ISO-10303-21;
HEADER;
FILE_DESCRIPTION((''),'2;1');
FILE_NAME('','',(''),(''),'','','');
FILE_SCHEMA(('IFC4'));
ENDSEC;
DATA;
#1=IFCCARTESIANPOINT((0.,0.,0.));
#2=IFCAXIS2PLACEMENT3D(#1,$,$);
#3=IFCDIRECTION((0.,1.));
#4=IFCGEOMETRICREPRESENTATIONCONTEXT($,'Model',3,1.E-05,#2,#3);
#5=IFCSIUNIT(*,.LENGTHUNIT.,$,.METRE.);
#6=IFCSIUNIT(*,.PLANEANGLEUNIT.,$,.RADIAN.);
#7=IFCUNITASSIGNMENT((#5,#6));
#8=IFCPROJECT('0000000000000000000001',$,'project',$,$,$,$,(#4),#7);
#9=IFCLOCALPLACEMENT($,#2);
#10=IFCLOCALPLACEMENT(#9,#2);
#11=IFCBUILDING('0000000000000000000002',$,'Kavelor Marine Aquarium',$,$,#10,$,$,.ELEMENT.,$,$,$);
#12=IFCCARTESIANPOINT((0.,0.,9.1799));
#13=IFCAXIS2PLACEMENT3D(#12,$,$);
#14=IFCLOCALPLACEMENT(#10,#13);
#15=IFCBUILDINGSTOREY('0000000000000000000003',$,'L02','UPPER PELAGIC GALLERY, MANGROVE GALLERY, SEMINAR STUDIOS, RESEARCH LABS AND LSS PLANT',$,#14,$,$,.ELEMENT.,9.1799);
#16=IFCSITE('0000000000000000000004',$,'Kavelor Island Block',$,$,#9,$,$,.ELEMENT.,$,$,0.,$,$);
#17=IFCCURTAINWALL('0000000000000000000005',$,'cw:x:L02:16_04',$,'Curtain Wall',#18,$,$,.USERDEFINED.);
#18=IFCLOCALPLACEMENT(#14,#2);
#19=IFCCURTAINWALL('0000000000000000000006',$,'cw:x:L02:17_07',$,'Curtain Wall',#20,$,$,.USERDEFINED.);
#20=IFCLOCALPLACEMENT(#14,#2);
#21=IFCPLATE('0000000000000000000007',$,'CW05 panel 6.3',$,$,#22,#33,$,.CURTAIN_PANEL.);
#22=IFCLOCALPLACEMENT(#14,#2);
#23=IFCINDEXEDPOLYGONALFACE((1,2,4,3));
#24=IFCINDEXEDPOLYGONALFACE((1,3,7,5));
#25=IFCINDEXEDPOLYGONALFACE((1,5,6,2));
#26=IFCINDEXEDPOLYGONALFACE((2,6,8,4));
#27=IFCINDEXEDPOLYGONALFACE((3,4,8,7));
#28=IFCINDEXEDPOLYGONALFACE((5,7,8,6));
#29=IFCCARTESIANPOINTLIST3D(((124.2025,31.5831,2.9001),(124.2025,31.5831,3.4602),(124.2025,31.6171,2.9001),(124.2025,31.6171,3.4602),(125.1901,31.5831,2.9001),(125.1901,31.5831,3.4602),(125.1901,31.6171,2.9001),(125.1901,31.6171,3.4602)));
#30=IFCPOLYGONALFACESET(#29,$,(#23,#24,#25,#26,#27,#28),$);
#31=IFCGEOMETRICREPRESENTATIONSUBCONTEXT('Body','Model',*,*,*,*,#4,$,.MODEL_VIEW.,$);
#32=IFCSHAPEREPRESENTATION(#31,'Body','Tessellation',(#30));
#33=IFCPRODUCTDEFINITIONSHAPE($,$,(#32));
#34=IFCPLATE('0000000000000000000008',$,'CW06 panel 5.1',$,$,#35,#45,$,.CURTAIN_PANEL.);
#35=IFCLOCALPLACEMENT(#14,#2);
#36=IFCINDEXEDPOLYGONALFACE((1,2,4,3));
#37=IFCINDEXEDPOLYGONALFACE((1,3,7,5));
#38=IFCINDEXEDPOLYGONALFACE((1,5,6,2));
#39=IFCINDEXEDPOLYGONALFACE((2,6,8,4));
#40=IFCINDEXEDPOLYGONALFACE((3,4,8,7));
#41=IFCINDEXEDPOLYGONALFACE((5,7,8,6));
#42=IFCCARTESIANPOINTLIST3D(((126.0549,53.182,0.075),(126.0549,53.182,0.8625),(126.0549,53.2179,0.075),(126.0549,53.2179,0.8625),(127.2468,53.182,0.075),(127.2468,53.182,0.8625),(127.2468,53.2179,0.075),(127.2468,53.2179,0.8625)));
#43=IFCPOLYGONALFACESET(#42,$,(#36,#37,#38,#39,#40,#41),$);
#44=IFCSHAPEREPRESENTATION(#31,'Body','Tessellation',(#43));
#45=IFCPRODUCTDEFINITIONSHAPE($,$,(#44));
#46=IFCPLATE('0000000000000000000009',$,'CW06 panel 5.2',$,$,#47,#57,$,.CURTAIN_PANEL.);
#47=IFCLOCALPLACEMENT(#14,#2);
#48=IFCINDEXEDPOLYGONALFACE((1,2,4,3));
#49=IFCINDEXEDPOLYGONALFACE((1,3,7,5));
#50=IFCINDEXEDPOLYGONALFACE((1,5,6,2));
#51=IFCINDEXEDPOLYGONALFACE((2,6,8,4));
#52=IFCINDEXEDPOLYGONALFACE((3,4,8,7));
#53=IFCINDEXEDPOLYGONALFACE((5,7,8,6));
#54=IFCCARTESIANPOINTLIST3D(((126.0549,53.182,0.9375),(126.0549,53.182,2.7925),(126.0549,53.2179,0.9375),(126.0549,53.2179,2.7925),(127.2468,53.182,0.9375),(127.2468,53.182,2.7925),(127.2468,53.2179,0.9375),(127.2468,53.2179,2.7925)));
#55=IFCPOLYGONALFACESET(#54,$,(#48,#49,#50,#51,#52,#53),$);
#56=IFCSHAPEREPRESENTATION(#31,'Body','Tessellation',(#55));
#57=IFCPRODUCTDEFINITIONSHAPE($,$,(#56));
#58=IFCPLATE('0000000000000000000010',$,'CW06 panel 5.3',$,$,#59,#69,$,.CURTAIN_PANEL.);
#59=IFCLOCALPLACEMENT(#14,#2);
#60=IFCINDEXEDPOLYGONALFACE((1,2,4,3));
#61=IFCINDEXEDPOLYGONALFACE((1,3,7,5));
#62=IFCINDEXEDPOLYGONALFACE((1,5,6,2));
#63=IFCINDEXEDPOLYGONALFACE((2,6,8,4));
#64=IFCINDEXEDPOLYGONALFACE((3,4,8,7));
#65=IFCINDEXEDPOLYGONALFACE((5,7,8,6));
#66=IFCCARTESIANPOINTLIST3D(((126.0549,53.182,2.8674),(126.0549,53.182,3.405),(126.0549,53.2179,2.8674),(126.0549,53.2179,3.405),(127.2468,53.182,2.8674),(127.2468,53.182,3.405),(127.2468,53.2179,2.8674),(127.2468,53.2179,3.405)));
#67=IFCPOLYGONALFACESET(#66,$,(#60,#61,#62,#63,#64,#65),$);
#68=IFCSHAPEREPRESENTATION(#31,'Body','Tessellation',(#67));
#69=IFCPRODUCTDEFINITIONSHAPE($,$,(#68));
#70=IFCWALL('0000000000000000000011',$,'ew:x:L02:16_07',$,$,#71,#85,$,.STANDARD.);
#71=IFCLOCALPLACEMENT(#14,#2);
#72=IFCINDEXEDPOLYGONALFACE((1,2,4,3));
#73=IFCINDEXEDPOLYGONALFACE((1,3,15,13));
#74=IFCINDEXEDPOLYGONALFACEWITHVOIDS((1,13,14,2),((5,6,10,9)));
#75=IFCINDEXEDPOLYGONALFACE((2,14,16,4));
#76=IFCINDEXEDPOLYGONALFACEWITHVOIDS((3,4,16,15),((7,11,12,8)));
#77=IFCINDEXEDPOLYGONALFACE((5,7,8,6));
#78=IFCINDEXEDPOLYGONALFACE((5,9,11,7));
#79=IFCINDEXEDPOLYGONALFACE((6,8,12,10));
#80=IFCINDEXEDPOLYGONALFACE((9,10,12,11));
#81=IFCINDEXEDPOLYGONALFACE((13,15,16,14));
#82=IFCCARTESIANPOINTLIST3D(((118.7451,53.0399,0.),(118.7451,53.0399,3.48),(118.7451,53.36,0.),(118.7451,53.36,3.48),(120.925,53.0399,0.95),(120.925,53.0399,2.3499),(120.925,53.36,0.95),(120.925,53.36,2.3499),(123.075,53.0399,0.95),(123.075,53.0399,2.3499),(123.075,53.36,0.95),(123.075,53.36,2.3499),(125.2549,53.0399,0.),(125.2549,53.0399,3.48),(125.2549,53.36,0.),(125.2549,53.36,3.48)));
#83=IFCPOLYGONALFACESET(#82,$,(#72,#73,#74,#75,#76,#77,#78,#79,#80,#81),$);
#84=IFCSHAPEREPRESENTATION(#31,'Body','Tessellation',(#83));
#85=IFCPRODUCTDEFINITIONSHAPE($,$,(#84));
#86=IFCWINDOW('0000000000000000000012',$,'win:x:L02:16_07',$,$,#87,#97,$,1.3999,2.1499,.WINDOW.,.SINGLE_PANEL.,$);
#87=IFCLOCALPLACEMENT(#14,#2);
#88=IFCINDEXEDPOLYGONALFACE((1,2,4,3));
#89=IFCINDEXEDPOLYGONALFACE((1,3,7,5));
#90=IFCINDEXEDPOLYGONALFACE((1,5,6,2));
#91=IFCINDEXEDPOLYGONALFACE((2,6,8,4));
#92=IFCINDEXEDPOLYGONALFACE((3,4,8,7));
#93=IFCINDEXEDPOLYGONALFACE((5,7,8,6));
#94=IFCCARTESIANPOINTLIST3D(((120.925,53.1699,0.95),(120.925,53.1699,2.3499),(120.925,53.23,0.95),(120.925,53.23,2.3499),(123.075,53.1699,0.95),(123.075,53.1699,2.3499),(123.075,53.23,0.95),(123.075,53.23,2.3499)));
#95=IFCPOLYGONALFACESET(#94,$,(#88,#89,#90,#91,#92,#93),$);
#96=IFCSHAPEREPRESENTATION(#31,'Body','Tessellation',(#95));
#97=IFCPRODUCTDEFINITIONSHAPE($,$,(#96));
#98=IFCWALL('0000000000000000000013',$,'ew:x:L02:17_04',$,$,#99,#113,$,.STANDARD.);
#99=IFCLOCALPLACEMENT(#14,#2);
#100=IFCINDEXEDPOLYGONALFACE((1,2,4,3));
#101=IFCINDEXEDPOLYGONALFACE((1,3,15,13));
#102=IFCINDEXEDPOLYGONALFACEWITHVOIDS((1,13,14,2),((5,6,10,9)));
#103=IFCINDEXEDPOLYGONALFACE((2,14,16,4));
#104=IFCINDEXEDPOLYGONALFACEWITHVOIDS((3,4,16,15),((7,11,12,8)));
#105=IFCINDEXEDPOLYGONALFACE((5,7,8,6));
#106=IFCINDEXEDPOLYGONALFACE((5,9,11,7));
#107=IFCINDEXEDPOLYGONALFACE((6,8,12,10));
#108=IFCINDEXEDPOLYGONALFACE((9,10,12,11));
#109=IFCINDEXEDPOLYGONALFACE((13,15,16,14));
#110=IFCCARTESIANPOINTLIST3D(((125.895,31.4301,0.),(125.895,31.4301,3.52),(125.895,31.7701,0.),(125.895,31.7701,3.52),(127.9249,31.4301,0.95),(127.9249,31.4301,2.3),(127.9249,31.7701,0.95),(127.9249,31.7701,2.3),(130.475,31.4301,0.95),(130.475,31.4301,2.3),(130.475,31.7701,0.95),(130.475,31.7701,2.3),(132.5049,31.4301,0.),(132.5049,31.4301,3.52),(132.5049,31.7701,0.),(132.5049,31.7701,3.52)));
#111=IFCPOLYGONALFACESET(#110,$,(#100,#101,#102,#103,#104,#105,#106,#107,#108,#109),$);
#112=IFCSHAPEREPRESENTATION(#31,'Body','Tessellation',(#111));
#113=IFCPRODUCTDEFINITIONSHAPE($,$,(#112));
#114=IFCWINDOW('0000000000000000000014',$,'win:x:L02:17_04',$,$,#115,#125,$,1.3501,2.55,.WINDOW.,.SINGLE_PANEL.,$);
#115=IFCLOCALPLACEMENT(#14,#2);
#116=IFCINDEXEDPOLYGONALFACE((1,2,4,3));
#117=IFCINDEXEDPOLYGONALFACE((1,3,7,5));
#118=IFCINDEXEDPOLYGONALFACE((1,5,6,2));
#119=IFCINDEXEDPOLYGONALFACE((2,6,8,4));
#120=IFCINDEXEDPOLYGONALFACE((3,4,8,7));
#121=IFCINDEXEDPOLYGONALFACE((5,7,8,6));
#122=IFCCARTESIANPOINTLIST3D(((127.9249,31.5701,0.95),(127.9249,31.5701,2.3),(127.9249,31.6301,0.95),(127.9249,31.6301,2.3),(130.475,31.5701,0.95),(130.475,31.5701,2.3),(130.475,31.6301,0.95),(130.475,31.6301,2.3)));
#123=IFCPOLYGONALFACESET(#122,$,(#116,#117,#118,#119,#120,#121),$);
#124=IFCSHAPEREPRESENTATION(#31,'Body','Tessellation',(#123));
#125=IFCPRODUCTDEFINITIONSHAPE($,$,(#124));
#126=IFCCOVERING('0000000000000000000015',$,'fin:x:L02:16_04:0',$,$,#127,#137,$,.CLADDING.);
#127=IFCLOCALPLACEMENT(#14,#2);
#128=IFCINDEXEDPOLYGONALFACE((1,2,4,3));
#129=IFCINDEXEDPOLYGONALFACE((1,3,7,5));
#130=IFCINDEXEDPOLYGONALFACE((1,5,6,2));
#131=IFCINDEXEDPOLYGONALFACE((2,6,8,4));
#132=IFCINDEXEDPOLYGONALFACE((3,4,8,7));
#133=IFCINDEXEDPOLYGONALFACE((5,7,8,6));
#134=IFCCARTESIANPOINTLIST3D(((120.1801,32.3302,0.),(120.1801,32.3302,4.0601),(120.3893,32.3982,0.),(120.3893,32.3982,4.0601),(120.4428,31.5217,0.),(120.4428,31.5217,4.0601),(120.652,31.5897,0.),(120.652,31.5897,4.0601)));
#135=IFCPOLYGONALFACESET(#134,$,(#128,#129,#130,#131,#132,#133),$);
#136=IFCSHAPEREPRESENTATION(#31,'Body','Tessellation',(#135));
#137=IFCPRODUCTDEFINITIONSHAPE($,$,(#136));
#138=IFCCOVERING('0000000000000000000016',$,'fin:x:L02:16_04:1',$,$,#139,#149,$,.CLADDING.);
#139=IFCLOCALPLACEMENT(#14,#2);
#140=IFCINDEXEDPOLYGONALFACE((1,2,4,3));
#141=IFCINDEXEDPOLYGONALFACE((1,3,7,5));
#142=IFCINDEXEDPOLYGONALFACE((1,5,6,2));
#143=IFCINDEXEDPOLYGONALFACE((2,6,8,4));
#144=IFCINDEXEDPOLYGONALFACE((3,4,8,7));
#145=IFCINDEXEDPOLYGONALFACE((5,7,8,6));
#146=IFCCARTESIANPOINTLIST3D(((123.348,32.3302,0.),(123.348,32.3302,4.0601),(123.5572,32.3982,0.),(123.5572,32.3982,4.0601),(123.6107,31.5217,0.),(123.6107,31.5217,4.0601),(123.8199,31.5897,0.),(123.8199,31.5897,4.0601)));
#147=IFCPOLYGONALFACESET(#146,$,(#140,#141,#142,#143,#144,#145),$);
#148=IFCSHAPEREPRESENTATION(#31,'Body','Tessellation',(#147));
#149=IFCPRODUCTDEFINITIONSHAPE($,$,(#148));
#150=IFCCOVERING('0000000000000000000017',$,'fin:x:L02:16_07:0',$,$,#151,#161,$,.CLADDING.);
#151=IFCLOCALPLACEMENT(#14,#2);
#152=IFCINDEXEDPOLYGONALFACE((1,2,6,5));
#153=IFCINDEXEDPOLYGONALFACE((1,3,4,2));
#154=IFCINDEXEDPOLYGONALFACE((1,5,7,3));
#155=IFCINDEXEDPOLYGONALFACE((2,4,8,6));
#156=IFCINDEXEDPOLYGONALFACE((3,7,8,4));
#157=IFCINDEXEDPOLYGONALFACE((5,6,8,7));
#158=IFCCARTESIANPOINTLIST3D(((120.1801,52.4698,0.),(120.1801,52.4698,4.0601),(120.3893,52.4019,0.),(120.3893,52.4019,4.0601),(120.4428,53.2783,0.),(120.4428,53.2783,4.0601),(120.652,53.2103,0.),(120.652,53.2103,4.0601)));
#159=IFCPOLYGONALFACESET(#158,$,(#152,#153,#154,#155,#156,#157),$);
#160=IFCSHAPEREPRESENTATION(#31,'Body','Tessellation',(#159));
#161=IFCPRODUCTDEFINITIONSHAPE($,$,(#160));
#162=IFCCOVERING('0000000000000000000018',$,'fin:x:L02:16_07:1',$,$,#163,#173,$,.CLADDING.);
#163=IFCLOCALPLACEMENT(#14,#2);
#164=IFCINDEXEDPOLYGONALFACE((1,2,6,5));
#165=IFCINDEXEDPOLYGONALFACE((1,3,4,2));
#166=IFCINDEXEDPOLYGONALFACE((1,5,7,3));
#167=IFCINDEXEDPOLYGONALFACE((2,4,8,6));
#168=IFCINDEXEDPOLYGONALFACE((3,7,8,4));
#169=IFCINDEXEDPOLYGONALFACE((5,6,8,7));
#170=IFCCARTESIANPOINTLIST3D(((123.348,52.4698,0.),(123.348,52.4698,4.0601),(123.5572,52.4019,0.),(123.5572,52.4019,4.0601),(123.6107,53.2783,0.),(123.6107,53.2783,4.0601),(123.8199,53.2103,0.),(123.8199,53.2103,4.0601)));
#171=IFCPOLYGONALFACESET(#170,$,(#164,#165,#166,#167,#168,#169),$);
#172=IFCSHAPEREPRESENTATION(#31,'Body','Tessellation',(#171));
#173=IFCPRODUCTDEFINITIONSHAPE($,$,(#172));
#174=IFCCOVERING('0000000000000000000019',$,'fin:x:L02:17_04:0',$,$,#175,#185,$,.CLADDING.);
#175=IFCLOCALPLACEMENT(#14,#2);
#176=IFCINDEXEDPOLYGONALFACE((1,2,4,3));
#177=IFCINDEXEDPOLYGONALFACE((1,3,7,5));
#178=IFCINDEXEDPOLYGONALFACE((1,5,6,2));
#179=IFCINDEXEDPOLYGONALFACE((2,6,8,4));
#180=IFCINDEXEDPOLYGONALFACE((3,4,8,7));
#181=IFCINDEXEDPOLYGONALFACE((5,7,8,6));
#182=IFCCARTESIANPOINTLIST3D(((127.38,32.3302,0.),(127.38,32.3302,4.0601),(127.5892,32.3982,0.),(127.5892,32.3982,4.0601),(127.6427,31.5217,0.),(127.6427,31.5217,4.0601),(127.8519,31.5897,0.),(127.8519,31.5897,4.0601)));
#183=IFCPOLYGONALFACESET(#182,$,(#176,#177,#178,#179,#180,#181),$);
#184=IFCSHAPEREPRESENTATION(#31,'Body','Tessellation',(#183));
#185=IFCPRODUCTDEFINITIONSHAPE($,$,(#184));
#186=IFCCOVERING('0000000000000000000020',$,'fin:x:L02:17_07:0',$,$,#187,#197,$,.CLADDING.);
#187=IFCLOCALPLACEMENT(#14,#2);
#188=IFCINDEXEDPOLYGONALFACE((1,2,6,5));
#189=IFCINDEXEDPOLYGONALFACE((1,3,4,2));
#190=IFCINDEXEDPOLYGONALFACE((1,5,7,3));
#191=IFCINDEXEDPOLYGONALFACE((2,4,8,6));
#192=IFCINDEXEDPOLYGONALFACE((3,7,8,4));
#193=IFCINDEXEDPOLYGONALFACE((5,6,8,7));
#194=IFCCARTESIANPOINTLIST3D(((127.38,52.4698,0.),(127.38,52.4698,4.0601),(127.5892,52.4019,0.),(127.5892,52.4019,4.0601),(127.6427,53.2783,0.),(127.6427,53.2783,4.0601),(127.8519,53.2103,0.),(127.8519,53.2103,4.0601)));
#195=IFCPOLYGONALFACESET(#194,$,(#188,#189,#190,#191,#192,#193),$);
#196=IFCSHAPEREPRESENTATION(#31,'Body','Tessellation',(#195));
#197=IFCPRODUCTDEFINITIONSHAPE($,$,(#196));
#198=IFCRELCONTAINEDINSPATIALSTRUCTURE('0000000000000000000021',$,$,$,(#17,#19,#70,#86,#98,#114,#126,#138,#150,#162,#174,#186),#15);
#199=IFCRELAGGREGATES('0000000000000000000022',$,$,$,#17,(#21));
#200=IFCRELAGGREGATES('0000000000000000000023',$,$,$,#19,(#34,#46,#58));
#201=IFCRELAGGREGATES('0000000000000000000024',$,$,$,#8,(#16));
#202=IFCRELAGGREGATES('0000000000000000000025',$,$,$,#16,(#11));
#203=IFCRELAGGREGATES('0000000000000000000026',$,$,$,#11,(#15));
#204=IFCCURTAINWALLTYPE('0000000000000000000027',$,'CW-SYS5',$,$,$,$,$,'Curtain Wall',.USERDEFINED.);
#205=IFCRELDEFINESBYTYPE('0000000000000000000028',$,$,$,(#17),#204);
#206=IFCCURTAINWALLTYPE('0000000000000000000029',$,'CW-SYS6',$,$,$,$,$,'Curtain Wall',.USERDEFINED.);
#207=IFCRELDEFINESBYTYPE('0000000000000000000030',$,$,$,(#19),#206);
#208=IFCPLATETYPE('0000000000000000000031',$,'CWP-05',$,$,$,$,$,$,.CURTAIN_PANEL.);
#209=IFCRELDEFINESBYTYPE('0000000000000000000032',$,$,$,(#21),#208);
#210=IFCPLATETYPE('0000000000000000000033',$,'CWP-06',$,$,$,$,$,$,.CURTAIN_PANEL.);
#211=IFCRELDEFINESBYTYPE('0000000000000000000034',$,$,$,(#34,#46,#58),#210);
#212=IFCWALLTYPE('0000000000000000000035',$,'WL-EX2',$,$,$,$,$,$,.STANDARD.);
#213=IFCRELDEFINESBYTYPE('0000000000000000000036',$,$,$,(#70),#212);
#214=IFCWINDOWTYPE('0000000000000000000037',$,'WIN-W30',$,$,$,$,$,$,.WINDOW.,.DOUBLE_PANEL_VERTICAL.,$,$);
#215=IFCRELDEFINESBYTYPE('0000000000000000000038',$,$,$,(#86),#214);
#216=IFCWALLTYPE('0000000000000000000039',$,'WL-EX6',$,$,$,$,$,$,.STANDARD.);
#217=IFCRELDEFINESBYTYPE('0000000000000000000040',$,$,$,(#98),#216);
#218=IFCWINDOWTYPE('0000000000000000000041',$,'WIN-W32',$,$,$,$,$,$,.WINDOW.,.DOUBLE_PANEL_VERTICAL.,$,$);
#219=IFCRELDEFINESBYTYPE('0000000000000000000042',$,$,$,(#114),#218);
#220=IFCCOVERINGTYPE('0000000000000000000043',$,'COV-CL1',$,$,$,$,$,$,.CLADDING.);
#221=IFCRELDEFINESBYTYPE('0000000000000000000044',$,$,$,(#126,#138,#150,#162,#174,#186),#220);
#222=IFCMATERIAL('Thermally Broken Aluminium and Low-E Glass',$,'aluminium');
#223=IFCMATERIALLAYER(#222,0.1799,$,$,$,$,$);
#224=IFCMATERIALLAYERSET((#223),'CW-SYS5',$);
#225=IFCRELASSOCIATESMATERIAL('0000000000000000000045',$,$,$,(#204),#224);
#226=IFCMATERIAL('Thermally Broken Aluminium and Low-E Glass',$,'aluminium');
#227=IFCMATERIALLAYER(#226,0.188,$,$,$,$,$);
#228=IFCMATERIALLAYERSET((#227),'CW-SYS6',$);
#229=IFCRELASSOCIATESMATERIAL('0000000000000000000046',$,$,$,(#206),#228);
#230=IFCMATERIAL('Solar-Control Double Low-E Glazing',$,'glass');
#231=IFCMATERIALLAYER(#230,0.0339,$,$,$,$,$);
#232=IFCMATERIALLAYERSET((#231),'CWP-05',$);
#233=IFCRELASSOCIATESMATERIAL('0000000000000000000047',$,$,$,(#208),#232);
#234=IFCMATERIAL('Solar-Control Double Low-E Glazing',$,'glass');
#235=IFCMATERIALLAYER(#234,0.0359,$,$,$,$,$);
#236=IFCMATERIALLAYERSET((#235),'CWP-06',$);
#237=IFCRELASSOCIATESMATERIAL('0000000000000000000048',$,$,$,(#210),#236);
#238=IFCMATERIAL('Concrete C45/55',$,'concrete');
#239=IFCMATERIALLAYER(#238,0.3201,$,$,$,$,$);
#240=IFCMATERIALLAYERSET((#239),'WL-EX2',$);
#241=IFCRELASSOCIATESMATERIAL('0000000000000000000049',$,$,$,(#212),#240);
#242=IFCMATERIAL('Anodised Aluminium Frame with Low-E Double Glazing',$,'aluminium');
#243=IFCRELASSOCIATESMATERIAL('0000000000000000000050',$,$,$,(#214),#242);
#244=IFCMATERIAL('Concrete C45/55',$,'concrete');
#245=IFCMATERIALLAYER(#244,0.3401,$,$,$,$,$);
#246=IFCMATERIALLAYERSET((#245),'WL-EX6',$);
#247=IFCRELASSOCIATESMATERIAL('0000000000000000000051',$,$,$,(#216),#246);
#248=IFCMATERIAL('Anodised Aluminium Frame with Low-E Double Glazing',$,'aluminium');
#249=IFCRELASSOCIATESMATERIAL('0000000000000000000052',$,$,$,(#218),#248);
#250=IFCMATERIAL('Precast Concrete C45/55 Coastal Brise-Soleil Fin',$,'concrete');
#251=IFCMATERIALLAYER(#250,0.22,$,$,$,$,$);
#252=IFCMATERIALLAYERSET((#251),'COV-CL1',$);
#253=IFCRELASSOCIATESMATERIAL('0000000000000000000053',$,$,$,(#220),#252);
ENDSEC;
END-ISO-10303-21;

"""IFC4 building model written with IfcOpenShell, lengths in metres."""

from ifc_helpers import new_model, si_unit, direction, frame, frame_2d, origin, origin_2d, place, context, subcontext, project, spatial, rectangle, extrude, material, layer, layer_set, type_object, element, fill, aggregate, save


model = new_model("IFC4")

# Units and contexts
model_context = context("Model", 3, precision=1e-05, world=origin(), true_north=direction((0.0, 1.0)))
body_context = subcontext(model_context, "Body", "Model", "MODEL_VIEW")
ifc_project = project(units=[si_unit("LENGTHUNIT", "METRE"), si_unit("PLANEANGLEUNIT", "RADIAN")], contexts=[model_context])

# Site, building, storey
site_placement = place(None, origin())
site = spatial("IfcSite", under=ifc_project, at=site_placement, Name="Kavelor Island Block", CompositionType="ELEMENT", RefElevation=0.0)
building_placement = place(site_placement, origin())
building = spatial("IfcBuilding", under=site, at=building_placement, Name="Kavelor Marine Aquarium", CompositionType="ELEMENT")
storey_placement = place(building_placement, frame((0.0, 0.0, 9.1799)))
storey = spatial("IfcBuildingStorey", under=building, at=storey_placement, Name="L02", Description="UPPER PELAGIC GALLERY, MANGROVE GALLERY, SEMINAR STUDIOS, RESEARCH LABS AND LSS PLANT", CompositionType="ELEMENT", Elevation=9.1799)

# Curtain wall
ifc_material_1 = material(Name="Thermally Broken Aluminium and Low-E Glass", Category="aluminium")
ifc_layer_1 = layer(ifc_material_1, 0.1799)
ifc_layer_set_1 = layer_set([ifc_layer_1], Name="CW-SYS5")
curtain_wall_type_1 = type_object("IfcCurtainWallType", Name="CW-SYS5", ElementType="Curtain Wall", PredefinedType="USERDEFINED", material=ifc_layer_set_1)
curtain_wall_1_placement = place(storey_placement, origin())
curtain_wall_1 = element("IfcCurtainWall", 1, at=curtain_wall_1_placement, inside=storey, type_object=curtain_wall_type_1, Name="cw:x:L02:16_04", ObjectType="Curtain Wall", PredefinedType="USERDEFINED")

# Curtain wall
ifc_material_2 = material(Name="Thermally Broken Aluminium and Low-E Glass", Category="aluminium")
ifc_layer_2 = layer(ifc_material_2, 0.188)
ifc_layer_set_2 = layer_set([ifc_layer_2], Name="CW-SYS6")
curtain_wall_type_2 = type_object("IfcCurtainWallType", Name="CW-SYS6", ElementType="Curtain Wall", PredefinedType="USERDEFINED", material=ifc_layer_set_2)
curtain_wall_2_placement = place(storey_placement, origin())
curtain_wall_2 = element("IfcCurtainWall", 2, at=curtain_wall_2_placement, inside=storey, type_object=curtain_wall_type_2, Name="cw:x:L02:17_07", ObjectType="Curtain Wall", PredefinedType="USERDEFINED")

# Plates
ifc_material_3 = material(Name="Solar-Control Double Low-E Glazing", Category="glass")
ifc_layer_3 = layer(ifc_material_3, 0.0339)
ifc_layer_set_3 = layer_set([ifc_layer_3], Name="CWP-05")
plate_type_1 = type_object("IfcPlateType", Name="CWP-05", PredefinedType="CURTAIN_PANEL", material=ifc_layer_set_3)
plate_1_placement = place(storey_placement, frame((124.6963, 31.6001, 2.9001), z_axis=(0.0, 0.0, 1.0), x_axis=(1.0, 0.0, 0.0)))
plate_1 = element("IfcPlate", 3, at=plate_1_placement, type_object=plate_type_1, Name="CW05 panel 6.3", PredefinedType="CURTAIN_PANEL", context=body_context, shape_type="SweptSolid", body=[
    extrude(rectangle(XDim=0.9875, YDim=0.0339, at=origin_2d()), origin(), (0.0, 0.0, 1.0), 0.5601),
])
aggregate(curtain_wall_1, [plate_1])
ifc_material_4 = material(Name="Solar-Control Double Low-E Glazing", Category="glass")
ifc_layer_4 = layer(ifc_material_4, 0.0359)
ifc_layer_set_4 = layer_set([ifc_layer_4], Name="CWP-06")
plate_type_2 = type_object("IfcPlateType", Name="CWP-06", PredefinedType="CURTAIN_PANEL", material=ifc_layer_set_4)
plate_2_placement = place(storey_placement, frame((126.6509, 53.2, 0.075), z_axis=(0.0, 0.0, 1.0), x_axis=(-1.0, 0.0, 0.0)))
plate_2 = element("IfcPlate", 4, at=plate_2_placement, type_object=plate_type_2, Name="CW06 panel 5.1", PredefinedType="CURTAIN_PANEL", context=body_context, shape_type="SweptSolid", body=[
    extrude(rectangle(XDim=1.1919, YDim=0.0359, at=origin_2d()), origin(), (0.0, 0.0, 1.0), 0.7876),
])
plate_3_placement = place(storey_placement, frame((126.6509, 53.2, 0.9375), z_axis=(0.0, 0.0, 1.0), x_axis=(-1.0, 0.0, 0.0)))
plate_3 = element("IfcPlate", 5, at=plate_3_placement, type_object=plate_type_2, Name="CW06 panel 5.2", PredefinedType="CURTAIN_PANEL", context=body_context, shape_type="SweptSolid", body=[
    extrude(rectangle(XDim=1.1919, YDim=0.0359, at=origin_2d()), origin(), (0.0, 0.0, 1.0), 1.855),
])
plate_4_placement = place(storey_placement, frame((126.6509, 53.2, 2.8674), z_axis=(0.0, 0.0, 1.0), x_axis=(-1.0, 0.0, 0.0)))
plate_4 = element("IfcPlate", 6, at=plate_4_placement, type_object=plate_type_2, Name="CW06 panel 5.3", PredefinedType="CURTAIN_PANEL", context=body_context, shape_type="SweptSolid", body=[
    extrude(rectangle(XDim=1.1919, YDim=0.0359, at=origin_2d()), origin(), (0.0, 0.0, 1.0), 0.5376),
])
aggregate(curtain_wall_2, [plate_2, plate_3, plate_4])

# Walls, openings, windows
ifc_material_5 = material(Name="Concrete C45/55", Category="concrete")
ifc_layer_5 = layer(ifc_material_5, 0.3201)
ifc_layer_set_5 = layer_set([ifc_layer_5], Name="WL-EX2")
wall_type_1 = type_object("IfcWallType", Name="WL-EX2", PredefinedType="STANDARD", material=ifc_layer_set_5)
wall_1_placement = place(storey_placement, frame((125.2549, 53.2, 0.0), z_axis=(0.0, 0.0, 1.0), x_axis=(-1.0, 0.0, 0.0)))
wall_1 = element("IfcWall", 7, at=wall_1_placement, inside=storey, type_object=wall_type_1, Name="ew:x:L02:16_07", PredefinedType="STANDARD", context=body_context, shape_type="SweptSolid", body=[
    extrude(rectangle(XDim=6.5098, YDim=0.3201, at=frame_2d((3.2549, 0.0))), origin(), (0.0, 0.0, 1.0), 3.48),
])
opening_1_placement = place(wall_1_placement, frame((2.1799, 0.0, 0.95)))
opening_1 = element("IfcOpeningElement", 8, at=opening_1_placement, cuts=wall_1, PredefinedType="OPENING", context=body_context, shape_type="SweptSolid", body=[
    extrude(rectangle(XDim=2.1499, YDim=1.3999, at=frame_2d((1.075, 0.7))), frame((0.0, 0.1699, 0.0), z_axis=(0.0, -1.0, 0.0), x_axis=(1.0, 0.0, 0.0)), (0.0, 0.0, 1.0), 0.3401),
])
ifc_material_6 = material(Name="Anodised Aluminium Frame with Low-E Double Glazing", Category="aluminium")
window_type_1 = type_object("IfcWindowType", Name="WIN-W30", PartitioningType="DOUBLE_PANEL_VERTICAL", PredefinedType="WINDOW", material=ifc_material_6)
window_1_placement = place(opening_1_placement, origin())
window_1 = element("IfcWindow", 9, at=window_1_placement, inside=storey, type_object=window_type_1, Name="win:x:L02:16_07", OverallHeight=1.3999, OverallWidth=2.1499, PartitioningType="SINGLE_PANEL", PredefinedType="WINDOW", context=body_context, shape_type="SweptSolid", body=[
    extrude(rectangle(XDim=2.1499, YDim=1.3999, at=frame_2d((1.075, 0.7))), frame((0.0, 0.03, 0.0), z_axis=(0.0, -1.0, 0.0), x_axis=(1.0, 0.0, 0.0)), (0.0, 0.0, 1.0), 0.0601),
])
fill(opening_1, window_1)
ifc_material_7 = material(Name="Concrete C45/55", Category="concrete")
ifc_layer_6 = layer(ifc_material_7, 0.3401)
ifc_layer_set_6 = layer_set([ifc_layer_6], Name="WL-EX6")
wall_type_2 = type_object("IfcWallType", Name="WL-EX6", PredefinedType="STANDARD", material=ifc_layer_set_6)
wall_2_placement = place(storey_placement, frame((125.895, 31.6001, 0.0), z_axis=(0.0, 0.0, 1.0), x_axis=(1.0, 0.0, 0.0)))
wall_2 = element("IfcWall", 10, at=wall_2_placement, inside=storey, type_object=wall_type_2, Name="ew:x:L02:17_04", PredefinedType="STANDARD", context=body_context, shape_type="SweptSolid", body=[
    extrude(rectangle(XDim=6.6099, YDim=0.3401, at=frame_2d((3.3049, 0.0))), origin(), (0.0, 0.0, 1.0), 3.52),
])
opening_2_placement = place(wall_2_placement, frame((2.03, 0.0, 0.95)))
opening_2 = element("IfcOpeningElement", 11, at=opening_2_placement, cuts=wall_2, PredefinedType="OPENING", context=body_context, shape_type="SweptSolid", body=[
    extrude(rectangle(XDim=2.55, YDim=1.3501, at=frame_2d((1.2749, 0.675))), frame((0.0, 0.1799, 0.0), z_axis=(0.0, -1.0, 0.0), x_axis=(1.0, 0.0, 0.0)), (0.0, 0.0, 1.0), 0.3601),
])
ifc_material_8 = material(Name="Anodised Aluminium Frame with Low-E Double Glazing", Category="aluminium")
window_type_2 = type_object("IfcWindowType", Name="WIN-W32", PartitioningType="DOUBLE_PANEL_VERTICAL", PredefinedType="WINDOW", material=ifc_material_8)
window_2_placement = place(opening_2_placement, origin())
window_2 = element("IfcWindow", 12, at=window_2_placement, inside=storey, type_object=window_type_2, Name="win:x:L02:17_04", OverallHeight=1.3501, OverallWidth=2.55, PartitioningType="SINGLE_PANEL", PredefinedType="WINDOW", context=body_context, shape_type="SweptSolid", body=[
    extrude(rectangle(XDim=2.55, YDim=1.3501, at=frame_2d((1.2749, 0.675))), frame((0.0, 0.03, 0.0), z_axis=(0.0, -1.0, 0.0), x_axis=(1.0, 0.0, 0.0)), (0.0, 0.0, 1.0), 0.0601),
])
fill(opening_2, window_2)

# Coverings
ifc_material_9 = material(Name="Precast Concrete C45/55 Coastal Brise-Soleil Fin", Category="concrete")
ifc_layer_7 = layer(ifc_material_9, 0.22)
ifc_layer_set_7 = layer_set([ifc_layer_7], Name="COV-CL1")
covering_type = type_object("IfcCoveringType", Name="COV-CL1", PredefinedType="CLADDING", material=ifc_layer_set_7)
for number, where, z_axis, x_axis, name in (
    (13, (120.416, 31.96, 0.0), (0.0, 0.0, 1.0), (0.951057, 0.309017, 0.0), "fin:x:L02:16_04:0"),
    (14, (123.584, 31.96, 0.0), (0.0, 0.0, 1.0), (0.951057, 0.309017, 0.0), "fin:x:L02:16_04:1"),
    (15, (120.416, 52.8401, 0.0), (0.0, 0.0, 1.0), (0.951057, -0.309017, 0.0), "fin:x:L02:16_07:0"),
    (16, (123.584, 52.8401, 0.0), (0.0, 0.0, 1.0), (0.951057, -0.309017, 0.0), "fin:x:L02:16_07:1"),
    (17, (127.616, 31.96, 0.0), (0.0, 0.0, 1.0), (0.951057, 0.309017, 0.0), "fin:x:L02:17_04:0"),
    (18, (127.616, 52.8401, 0.0), (0.0, 0.0, 1.0), (0.951057, -0.309017, 0.0), "fin:x:L02:17_07:0"),
):
    element("IfcCovering", number, at=place(storey_placement, frame(where, z_axis=z_axis, x_axis=x_axis)), inside=storey, type_object=covering_type, Name=name, PredefinedType="CLADDING", context=body_context, shape_type="SweptSolid", body=[
        extrude(rectangle(XDim=0.22, YDim=0.8501, at=origin_2d()), origin(), (0.0, 0.0, 1.0), 4.0601),
    ])

save(model, "model.ifc")
